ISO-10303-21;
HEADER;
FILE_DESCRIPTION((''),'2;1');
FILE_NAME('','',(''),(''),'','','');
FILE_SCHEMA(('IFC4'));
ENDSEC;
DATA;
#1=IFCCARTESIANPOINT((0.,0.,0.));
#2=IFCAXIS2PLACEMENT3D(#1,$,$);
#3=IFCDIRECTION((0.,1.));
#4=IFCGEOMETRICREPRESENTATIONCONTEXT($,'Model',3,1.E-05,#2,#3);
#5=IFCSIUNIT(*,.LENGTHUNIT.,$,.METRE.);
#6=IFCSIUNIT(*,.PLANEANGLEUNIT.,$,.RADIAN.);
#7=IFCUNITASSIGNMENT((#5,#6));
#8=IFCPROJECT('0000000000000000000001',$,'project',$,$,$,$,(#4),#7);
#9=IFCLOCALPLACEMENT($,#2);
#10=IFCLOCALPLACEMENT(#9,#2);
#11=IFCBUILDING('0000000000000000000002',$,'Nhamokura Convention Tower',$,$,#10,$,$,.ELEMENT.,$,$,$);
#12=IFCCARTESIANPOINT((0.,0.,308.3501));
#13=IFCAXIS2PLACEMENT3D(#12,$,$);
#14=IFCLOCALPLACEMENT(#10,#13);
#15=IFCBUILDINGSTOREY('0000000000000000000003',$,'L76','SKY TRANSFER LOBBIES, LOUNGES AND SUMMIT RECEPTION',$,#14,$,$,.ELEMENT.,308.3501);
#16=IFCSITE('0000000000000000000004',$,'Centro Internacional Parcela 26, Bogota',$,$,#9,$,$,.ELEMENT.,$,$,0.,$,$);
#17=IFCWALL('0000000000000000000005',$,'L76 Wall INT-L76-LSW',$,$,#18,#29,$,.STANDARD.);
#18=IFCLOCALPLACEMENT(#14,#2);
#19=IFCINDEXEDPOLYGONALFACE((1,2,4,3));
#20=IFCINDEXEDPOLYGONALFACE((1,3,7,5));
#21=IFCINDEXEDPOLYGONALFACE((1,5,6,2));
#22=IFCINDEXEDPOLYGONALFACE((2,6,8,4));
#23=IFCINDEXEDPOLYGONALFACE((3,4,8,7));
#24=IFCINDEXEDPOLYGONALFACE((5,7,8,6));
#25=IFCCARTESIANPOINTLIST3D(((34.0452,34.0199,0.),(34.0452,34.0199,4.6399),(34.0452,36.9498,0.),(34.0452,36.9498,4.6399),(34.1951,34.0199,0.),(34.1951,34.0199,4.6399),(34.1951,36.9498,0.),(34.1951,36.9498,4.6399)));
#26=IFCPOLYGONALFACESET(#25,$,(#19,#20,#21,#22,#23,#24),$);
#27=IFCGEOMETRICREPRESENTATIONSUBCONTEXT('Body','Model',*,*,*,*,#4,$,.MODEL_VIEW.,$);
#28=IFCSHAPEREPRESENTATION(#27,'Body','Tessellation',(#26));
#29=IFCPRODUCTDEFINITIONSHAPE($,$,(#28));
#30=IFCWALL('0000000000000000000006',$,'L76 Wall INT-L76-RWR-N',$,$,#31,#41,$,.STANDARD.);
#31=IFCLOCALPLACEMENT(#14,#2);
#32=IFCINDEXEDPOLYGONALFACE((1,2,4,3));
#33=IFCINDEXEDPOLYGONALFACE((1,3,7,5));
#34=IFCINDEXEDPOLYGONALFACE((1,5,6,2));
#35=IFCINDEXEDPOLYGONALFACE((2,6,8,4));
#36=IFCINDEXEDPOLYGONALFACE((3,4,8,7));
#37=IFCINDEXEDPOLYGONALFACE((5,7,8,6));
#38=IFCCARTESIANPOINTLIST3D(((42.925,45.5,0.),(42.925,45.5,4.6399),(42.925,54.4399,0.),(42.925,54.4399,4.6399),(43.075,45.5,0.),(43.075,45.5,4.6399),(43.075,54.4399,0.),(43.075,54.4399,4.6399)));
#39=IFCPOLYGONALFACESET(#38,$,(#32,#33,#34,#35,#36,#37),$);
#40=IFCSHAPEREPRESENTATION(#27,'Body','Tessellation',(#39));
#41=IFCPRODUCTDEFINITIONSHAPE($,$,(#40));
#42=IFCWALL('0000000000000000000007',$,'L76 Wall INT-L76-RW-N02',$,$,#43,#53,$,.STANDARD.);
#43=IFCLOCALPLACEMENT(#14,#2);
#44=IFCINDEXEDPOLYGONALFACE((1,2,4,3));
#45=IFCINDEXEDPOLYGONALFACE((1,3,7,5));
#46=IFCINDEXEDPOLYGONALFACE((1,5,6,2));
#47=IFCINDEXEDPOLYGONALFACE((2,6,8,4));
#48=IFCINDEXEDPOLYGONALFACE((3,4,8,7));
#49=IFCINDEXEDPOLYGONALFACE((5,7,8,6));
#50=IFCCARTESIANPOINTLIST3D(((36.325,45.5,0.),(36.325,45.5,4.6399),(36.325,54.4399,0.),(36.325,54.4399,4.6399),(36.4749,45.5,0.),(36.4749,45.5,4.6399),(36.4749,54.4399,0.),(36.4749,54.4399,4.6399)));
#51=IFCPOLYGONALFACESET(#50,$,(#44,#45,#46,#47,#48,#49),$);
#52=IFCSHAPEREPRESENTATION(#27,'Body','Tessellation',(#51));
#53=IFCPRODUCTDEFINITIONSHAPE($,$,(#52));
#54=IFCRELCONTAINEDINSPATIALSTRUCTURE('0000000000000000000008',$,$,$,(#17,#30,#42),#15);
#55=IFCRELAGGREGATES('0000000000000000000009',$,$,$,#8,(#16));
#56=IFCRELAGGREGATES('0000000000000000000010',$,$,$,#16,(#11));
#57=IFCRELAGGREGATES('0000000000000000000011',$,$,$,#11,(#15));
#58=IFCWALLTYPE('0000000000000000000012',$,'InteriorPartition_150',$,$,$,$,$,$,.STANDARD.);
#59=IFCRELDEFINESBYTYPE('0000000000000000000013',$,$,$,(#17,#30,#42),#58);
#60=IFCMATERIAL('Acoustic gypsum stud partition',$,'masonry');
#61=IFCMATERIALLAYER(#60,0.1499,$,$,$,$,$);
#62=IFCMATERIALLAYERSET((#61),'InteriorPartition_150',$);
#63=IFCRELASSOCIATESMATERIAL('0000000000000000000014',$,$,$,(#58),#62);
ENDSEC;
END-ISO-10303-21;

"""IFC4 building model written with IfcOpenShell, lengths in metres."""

from ifc_helpers import new_model, si_unit, direction, frame, frame_2d, origin, place, context, subcontext, project, spatial, rectangle, extrude, material, layer, layer_set, type_object, element, save


model = new_model("IFC4")

# Units and contexts
model_context = context("Model", 3, precision=1e-05, world=origin(), true_north=direction((0.0, 1.0)))
body_context = subcontext(model_context, "Body", "Model", "MODEL_VIEW")
ifc_project = project(units=[si_unit("LENGTHUNIT", "METRE"), si_unit("PLANEANGLEUNIT", "RADIAN")], contexts=[model_context])

# Site, building, storey
site_placement = place(None, origin())
site = spatial("IfcSite", under=ifc_project, at=site_placement, Name="Centro Internacional Parcela 26, Bogota", CompositionType="ELEMENT", RefElevation=0.0)
building_placement = place(site_placement, origin())
building = spatial("IfcBuilding", under=site, at=building_placement, Name="Nhamokura Convention Tower", CompositionType="ELEMENT")
storey_placement = place(building_placement, frame((0.0, 0.0, 308.3501)))
storey = spatial("IfcBuildingStorey", under=building, at=storey_placement, Name="L76", Description="SKY TRANSFER LOBBIES, LOUNGES AND SUMMIT RECEPTION", CompositionType="ELEMENT", Elevation=308.3501)

# Walls
ifc_material_1 = material(Name="Acoustic gypsum stud partition", Category="masonry")
ifc_layer_1 = layer(ifc_material_1, 0.1499)
ifc_layer_set_1 = layer_set([ifc_layer_1], Name="InteriorPartition_150")
wall_type_1 = type_object("IfcWallType", Name="InteriorPartition_150", PredefinedType="STANDARD", material=ifc_layer_set_1)
wall_1_placement = place(storey_placement, frame((34.1201, 34.02, 0.0), z_axis=(0.0, 0.0, 1.0), x_axis=(0.0, 1.0, 0.0)))
element("IfcWall", 1, at=wall_1_placement, inside=storey, type_object=wall_type_1, Name="L76 Wall INT-L76-LSW", PredefinedType="STANDARD", context=body_context, shape_type="SweptSolid", body=[
    extrude(rectangle(XDim=2.9299, YDim=0.1499, at=frame_2d((1.4648, 0.0))), origin(), (0.0, 0.0, 1.0), 4.6399),
])
for number, where, z_axis, x_axis, name in (
    (2, (43.0, 45.5, 0.0), (0.0, 0.0, 1.0), (0.0, 1.0, 0.0), "L76 Wall INT-L76-RWR-N"),
    (3, (36.3999, 45.5, 0.0), (0.0, 0.0, 1.0), (0.0, 1.0, 0.0), "L76 Wall INT-L76-RW-N02"),
):
    element("IfcWall", number, at=place(storey_placement, frame(where, z_axis=z_axis, x_axis=x_axis)), inside=storey, type_object=wall_type_1, Name=name, PredefinedType="STANDARD", context=body_context, shape_type="SweptSolid", body=[
        extrude(rectangle(XDim=8.9399, YDim=0.1499, at=frame_2d((4.47, 0.0))), origin(), (0.0, 0.0, 1.0), 4.6399),
    ])

save(model, "model.ifc")
